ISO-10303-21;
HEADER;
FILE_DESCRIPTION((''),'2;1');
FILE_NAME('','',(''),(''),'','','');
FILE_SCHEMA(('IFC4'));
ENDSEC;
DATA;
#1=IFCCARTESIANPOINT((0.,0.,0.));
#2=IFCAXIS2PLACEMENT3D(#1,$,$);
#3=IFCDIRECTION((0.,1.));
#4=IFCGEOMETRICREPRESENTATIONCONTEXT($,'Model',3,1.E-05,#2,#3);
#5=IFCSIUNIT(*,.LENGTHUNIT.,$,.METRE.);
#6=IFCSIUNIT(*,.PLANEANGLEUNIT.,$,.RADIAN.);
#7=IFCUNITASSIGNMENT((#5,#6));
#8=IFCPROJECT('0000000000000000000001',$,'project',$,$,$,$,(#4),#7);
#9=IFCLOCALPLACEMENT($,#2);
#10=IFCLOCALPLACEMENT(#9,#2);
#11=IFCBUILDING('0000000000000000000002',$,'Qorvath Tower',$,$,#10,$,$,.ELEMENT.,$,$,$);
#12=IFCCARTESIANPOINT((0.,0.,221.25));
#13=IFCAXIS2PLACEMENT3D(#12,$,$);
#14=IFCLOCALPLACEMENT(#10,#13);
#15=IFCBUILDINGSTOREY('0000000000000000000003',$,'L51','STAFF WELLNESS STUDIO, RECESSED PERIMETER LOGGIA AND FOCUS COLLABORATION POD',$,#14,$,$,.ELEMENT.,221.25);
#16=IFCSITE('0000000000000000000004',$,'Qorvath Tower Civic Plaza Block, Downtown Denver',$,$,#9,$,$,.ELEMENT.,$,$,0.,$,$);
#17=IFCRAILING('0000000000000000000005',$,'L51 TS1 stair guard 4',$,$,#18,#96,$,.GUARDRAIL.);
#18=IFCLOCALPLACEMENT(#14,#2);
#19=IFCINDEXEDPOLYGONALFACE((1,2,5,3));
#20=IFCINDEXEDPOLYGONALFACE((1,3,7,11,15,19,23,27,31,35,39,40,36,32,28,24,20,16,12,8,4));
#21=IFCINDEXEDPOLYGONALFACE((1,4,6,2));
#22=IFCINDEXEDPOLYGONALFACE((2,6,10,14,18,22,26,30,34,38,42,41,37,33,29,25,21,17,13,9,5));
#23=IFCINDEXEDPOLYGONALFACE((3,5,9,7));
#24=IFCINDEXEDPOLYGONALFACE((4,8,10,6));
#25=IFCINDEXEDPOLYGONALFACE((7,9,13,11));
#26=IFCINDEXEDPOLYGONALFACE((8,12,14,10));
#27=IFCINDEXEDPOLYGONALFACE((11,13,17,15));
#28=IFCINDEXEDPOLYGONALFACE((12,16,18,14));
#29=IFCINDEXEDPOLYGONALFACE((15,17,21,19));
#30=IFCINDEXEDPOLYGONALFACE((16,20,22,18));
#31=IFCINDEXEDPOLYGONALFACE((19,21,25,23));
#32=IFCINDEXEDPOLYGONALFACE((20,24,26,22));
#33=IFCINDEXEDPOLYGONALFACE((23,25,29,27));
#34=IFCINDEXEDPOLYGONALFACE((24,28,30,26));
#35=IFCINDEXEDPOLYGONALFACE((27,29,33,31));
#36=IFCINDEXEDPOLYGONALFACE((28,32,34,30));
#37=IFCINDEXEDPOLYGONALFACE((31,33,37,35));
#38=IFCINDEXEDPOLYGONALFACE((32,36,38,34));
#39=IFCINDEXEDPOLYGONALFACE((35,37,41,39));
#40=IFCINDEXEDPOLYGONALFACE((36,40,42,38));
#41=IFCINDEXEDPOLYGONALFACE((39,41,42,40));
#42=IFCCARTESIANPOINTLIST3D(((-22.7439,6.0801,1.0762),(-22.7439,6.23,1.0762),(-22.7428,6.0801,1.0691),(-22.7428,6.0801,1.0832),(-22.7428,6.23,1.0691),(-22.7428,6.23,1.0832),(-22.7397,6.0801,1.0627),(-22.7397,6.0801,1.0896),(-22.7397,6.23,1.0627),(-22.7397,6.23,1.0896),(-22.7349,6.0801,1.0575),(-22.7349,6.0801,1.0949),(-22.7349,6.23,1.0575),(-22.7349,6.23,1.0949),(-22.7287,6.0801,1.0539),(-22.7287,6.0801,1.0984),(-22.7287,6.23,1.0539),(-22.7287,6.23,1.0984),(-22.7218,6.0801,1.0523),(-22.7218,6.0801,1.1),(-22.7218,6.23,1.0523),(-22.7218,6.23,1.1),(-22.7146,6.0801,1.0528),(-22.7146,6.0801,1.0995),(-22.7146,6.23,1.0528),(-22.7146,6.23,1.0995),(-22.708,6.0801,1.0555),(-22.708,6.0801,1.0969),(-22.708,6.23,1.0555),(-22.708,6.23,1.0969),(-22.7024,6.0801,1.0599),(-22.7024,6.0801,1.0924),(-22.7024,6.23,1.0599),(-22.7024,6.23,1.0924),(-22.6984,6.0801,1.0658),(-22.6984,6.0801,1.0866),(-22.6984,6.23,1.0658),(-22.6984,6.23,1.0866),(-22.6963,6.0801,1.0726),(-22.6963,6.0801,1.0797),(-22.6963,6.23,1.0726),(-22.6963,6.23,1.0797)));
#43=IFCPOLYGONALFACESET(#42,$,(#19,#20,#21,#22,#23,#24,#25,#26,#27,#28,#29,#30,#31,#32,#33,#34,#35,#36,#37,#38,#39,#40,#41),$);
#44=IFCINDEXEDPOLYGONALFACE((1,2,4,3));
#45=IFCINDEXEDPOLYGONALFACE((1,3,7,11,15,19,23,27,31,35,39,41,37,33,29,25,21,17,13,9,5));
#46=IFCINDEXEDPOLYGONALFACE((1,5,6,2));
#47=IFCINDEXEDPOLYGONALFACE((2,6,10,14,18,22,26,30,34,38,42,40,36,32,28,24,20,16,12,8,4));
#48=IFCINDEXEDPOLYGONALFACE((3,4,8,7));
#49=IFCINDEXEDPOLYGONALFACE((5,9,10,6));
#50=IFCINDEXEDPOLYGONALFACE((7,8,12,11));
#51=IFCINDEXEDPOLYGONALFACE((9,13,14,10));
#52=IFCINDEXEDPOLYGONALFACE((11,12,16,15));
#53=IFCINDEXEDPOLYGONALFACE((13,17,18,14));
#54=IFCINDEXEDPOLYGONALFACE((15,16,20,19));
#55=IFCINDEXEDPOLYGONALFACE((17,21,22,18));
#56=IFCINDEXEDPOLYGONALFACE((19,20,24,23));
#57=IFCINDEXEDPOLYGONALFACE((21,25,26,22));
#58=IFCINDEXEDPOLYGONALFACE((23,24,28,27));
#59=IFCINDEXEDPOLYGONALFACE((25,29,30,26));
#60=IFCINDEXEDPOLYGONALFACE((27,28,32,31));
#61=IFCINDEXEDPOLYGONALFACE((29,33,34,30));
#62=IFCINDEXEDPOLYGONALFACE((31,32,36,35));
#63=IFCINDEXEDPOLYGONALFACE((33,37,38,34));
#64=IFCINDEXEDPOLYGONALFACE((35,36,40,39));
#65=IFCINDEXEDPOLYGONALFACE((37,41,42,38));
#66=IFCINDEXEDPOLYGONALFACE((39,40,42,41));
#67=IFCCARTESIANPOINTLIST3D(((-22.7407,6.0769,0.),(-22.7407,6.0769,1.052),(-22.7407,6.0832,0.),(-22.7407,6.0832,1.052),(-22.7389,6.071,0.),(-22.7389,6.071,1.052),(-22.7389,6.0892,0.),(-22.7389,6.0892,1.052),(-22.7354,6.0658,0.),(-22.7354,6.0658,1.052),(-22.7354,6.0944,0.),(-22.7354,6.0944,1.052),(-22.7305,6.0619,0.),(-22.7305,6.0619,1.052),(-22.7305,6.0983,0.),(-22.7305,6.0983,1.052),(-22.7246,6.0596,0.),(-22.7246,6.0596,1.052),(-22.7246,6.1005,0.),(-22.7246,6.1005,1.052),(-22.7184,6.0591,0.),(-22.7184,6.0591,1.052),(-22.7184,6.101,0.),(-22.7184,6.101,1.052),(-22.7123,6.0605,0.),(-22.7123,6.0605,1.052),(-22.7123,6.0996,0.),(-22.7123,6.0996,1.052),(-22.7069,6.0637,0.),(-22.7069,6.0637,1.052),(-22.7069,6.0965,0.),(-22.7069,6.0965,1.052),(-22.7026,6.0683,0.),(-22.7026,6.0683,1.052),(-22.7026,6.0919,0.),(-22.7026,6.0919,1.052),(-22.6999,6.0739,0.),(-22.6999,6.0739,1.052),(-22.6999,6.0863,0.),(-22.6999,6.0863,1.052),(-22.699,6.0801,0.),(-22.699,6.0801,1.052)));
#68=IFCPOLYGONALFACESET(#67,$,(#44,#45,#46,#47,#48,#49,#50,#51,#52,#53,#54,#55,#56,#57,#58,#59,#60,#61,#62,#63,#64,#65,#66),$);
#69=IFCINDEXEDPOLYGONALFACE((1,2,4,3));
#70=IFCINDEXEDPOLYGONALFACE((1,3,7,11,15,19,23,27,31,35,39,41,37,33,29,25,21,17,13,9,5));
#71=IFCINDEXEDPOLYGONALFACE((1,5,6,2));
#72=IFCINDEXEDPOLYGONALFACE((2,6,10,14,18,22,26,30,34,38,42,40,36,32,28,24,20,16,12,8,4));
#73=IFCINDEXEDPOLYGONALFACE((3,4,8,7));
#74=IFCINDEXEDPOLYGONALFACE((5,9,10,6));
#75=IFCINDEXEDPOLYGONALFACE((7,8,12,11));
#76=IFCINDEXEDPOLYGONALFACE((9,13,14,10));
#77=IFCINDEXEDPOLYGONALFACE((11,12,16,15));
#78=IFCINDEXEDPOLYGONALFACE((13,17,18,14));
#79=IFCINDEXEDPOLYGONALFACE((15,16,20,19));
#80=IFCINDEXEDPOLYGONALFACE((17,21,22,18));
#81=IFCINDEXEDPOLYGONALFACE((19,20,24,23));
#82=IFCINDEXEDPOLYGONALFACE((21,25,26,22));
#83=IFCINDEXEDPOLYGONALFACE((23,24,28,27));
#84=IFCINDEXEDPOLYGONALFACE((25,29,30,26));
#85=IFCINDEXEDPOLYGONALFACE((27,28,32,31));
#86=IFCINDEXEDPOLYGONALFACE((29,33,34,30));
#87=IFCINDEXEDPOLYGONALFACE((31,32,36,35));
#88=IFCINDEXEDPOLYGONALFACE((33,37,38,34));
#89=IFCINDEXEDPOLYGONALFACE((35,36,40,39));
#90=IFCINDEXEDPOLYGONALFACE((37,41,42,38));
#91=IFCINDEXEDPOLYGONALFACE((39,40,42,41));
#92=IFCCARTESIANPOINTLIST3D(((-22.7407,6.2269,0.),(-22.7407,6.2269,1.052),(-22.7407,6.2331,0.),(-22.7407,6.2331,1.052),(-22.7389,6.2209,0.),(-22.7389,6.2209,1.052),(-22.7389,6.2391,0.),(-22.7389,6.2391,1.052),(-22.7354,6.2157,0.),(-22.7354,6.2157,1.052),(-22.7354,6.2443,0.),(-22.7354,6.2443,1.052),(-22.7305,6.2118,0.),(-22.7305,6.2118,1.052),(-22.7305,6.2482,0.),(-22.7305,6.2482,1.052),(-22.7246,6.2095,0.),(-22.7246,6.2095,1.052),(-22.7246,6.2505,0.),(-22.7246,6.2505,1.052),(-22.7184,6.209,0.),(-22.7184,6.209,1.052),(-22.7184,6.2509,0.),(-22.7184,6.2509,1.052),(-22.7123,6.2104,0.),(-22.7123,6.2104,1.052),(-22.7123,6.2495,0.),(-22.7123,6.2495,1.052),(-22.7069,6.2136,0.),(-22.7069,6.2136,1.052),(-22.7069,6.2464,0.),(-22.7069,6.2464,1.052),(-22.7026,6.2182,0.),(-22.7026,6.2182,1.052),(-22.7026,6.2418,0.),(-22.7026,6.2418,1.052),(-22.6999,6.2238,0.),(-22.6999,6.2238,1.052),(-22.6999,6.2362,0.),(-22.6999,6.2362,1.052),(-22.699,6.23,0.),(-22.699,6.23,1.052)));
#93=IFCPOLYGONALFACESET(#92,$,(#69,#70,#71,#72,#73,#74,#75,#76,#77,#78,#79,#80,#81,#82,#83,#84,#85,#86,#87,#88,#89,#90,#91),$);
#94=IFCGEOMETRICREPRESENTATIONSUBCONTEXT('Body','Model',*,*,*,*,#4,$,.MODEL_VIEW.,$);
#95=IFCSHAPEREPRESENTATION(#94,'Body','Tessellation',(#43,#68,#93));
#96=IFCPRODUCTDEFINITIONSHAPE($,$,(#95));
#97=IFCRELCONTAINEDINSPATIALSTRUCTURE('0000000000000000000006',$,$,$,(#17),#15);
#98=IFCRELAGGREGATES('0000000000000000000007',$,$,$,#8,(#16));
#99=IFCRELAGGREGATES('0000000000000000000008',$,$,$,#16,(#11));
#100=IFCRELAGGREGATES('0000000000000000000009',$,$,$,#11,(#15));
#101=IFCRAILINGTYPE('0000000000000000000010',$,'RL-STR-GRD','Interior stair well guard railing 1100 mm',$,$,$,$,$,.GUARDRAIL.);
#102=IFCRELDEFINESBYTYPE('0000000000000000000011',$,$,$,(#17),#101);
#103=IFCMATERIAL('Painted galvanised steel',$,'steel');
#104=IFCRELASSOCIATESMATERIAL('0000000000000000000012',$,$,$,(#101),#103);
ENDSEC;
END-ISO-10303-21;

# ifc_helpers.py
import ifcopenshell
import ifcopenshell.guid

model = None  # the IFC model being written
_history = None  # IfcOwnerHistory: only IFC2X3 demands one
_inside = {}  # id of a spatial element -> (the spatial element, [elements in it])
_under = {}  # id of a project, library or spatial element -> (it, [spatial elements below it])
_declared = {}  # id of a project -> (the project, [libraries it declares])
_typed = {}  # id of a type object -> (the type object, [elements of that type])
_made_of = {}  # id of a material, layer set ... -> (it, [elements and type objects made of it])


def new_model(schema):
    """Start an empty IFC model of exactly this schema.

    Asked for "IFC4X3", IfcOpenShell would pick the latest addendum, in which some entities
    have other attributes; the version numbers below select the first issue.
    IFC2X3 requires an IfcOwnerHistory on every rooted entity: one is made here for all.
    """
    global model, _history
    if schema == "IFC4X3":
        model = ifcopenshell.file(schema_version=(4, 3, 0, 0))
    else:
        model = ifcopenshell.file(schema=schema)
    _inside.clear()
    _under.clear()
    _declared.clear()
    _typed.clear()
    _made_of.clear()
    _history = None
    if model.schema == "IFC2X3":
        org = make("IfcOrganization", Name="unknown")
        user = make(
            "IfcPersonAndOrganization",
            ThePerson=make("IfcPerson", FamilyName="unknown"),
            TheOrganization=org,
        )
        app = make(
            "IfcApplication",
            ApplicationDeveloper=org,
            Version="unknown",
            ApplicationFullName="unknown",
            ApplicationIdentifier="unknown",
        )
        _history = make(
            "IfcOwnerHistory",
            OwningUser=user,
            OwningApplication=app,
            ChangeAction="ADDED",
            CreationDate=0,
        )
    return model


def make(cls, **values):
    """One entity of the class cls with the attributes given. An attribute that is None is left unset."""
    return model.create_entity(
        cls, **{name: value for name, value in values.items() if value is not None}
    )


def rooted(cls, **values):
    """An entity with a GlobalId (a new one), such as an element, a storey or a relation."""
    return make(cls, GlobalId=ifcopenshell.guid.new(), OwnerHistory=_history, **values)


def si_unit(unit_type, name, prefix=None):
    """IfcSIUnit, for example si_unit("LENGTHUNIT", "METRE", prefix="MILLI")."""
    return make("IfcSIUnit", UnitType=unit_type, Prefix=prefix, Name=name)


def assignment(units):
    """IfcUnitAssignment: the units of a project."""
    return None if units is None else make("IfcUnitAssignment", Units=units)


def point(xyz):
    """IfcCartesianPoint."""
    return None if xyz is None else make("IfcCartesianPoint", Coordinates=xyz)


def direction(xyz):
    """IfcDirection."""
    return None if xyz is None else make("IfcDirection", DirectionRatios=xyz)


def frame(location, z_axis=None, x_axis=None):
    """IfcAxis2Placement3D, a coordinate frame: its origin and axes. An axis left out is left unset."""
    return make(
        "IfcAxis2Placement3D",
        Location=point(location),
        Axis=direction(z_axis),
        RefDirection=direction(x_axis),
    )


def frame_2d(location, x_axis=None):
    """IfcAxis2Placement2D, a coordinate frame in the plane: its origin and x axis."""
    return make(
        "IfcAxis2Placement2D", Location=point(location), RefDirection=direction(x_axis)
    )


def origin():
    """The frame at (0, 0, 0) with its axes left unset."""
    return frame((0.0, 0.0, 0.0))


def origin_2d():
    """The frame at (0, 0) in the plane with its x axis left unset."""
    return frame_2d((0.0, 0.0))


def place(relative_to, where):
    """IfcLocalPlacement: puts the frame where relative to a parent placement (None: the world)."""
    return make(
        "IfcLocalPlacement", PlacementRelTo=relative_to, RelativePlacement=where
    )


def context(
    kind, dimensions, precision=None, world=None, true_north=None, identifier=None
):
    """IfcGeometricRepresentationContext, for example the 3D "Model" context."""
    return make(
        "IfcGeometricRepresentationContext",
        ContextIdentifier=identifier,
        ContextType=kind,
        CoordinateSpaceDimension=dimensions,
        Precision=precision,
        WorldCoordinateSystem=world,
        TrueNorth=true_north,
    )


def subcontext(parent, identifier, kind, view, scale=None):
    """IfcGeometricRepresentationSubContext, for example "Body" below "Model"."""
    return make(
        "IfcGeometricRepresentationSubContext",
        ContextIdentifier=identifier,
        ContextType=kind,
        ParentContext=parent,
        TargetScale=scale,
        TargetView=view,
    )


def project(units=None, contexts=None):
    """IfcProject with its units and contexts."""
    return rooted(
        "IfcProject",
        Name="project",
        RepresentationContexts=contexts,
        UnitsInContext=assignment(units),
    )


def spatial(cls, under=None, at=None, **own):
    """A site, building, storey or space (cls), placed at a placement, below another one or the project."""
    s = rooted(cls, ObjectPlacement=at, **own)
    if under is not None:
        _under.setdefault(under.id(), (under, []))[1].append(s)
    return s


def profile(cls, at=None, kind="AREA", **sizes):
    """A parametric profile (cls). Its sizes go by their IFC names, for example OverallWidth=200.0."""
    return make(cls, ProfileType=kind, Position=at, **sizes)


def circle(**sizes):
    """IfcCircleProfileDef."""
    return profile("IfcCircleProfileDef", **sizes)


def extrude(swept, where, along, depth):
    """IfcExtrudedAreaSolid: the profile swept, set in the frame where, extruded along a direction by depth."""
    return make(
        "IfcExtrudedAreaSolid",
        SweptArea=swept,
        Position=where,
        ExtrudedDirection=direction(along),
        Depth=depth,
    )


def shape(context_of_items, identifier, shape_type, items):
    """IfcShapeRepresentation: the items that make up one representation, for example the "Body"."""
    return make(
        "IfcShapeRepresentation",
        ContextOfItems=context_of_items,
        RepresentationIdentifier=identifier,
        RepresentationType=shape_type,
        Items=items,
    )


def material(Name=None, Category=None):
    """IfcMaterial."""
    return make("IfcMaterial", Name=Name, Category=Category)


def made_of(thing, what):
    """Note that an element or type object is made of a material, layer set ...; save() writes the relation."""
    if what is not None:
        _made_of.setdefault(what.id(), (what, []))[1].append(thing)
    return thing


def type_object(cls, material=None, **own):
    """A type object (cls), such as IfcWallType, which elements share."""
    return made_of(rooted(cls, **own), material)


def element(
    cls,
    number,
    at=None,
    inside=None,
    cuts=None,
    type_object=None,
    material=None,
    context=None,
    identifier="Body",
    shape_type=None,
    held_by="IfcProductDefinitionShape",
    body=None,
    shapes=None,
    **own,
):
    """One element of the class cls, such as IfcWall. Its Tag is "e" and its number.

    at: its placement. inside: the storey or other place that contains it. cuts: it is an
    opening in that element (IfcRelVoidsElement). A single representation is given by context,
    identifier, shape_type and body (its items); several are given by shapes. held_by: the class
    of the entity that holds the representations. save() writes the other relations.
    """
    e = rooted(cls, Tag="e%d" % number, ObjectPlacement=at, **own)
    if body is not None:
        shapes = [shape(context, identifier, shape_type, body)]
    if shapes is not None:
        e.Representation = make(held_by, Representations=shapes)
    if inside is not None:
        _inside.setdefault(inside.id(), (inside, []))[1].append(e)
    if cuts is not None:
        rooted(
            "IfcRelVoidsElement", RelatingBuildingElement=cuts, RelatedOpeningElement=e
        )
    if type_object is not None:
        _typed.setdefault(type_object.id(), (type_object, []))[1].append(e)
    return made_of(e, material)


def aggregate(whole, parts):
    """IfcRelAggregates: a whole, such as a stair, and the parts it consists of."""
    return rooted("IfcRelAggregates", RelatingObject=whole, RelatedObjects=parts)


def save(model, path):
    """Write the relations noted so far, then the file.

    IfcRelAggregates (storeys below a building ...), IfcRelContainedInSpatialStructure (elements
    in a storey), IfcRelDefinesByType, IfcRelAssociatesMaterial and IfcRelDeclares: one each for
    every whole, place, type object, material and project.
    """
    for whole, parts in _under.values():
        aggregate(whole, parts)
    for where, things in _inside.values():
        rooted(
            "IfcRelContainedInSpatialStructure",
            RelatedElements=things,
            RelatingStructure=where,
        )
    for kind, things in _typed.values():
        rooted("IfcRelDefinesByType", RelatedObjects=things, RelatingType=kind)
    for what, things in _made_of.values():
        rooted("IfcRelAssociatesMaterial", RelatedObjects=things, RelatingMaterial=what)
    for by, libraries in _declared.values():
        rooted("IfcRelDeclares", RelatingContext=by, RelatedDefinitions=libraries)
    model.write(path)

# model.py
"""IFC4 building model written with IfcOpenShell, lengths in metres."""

from ifc_helpers import new_model, si_unit, direction, frame, origin, origin_2d, place, context, subcontext, project, spatial, circle, extrude, material, type_object, element, save


model = new_model("IFC4")

# Units and contexts
model_context = context("Model", 3, precision=1e-05, world=origin(), true_north=direction((0.0, 1.0)))
body_context = subcontext(model_context, "Body", "Model", "MODEL_VIEW")
ifc_project = project(units=[si_unit("LENGTHUNIT", "METRE"), si_unit("PLANEANGLEUNIT", "RADIAN")], contexts=[model_context])

# Site, building, storey
site_placement = place(None, origin())
site = spatial("IfcSite", under=ifc_project, at=site_placement, Name="Qorvath Tower Civic Plaza Block, Downtown Denver", CompositionType="ELEMENT", RefElevation=0.0)
building_placement = place(site_placement, origin())
building = spatial("IfcBuilding", under=site, at=building_placement, Name="Qorvath Tower", CompositionType="ELEMENT")
storey_placement = place(building_placement, frame((0.0, 0.0, 221.25)))
storey = spatial("IfcBuildingStorey", under=building, at=storey_placement, Name="L51", Description="STAFF WELLNESS STUDIO, RECESSED PERIMETER LOGGIA AND FOCUS COLLABORATION POD", CompositionType="ELEMENT", Elevation=221.25)

# Railing
ifc_material_1 = material(Name="Painted galvanised steel", Category="steel")
railing_type_1 = type_object("IfcRailingType", Name="RL-STR-GRD", Description="Interior stair well guard railing 1100 mm", PredefinedType="GUARDRAIL", material=ifc_material_1)
railing_1_placement = place(storey_placement, frame((-22.72, 6.0801, 0.0)))
element("IfcRailing", 1, at=railing_1_placement, inside=storey, type_object=railing_type_1, Name="L51 TS1 stair guard 4", PredefinedType="GUARDRAIL", context=body_context, shape_type="SweptSolid", body=[
    extrude(circle(Radius=0.0239, at=origin_2d()), frame((0.0, 0.0, 1.0762), z_axis=(0.0, 1.0, 0.0), x_axis=(-1.0, 0.0, 0.0)), (0.0, 0.0, 1.0), 0.1499),
    extrude(circle(Radius=0.021, at=origin_2d()), origin(), (0.0, 0.0, 1.0), 1.052),
    extrude(circle(Radius=0.021, at=origin_2d()), frame((0.0, 0.1499, 0.0)), (0.0, 0.0, 1.0), 1.052),
])

save(model, "model.ifc")
